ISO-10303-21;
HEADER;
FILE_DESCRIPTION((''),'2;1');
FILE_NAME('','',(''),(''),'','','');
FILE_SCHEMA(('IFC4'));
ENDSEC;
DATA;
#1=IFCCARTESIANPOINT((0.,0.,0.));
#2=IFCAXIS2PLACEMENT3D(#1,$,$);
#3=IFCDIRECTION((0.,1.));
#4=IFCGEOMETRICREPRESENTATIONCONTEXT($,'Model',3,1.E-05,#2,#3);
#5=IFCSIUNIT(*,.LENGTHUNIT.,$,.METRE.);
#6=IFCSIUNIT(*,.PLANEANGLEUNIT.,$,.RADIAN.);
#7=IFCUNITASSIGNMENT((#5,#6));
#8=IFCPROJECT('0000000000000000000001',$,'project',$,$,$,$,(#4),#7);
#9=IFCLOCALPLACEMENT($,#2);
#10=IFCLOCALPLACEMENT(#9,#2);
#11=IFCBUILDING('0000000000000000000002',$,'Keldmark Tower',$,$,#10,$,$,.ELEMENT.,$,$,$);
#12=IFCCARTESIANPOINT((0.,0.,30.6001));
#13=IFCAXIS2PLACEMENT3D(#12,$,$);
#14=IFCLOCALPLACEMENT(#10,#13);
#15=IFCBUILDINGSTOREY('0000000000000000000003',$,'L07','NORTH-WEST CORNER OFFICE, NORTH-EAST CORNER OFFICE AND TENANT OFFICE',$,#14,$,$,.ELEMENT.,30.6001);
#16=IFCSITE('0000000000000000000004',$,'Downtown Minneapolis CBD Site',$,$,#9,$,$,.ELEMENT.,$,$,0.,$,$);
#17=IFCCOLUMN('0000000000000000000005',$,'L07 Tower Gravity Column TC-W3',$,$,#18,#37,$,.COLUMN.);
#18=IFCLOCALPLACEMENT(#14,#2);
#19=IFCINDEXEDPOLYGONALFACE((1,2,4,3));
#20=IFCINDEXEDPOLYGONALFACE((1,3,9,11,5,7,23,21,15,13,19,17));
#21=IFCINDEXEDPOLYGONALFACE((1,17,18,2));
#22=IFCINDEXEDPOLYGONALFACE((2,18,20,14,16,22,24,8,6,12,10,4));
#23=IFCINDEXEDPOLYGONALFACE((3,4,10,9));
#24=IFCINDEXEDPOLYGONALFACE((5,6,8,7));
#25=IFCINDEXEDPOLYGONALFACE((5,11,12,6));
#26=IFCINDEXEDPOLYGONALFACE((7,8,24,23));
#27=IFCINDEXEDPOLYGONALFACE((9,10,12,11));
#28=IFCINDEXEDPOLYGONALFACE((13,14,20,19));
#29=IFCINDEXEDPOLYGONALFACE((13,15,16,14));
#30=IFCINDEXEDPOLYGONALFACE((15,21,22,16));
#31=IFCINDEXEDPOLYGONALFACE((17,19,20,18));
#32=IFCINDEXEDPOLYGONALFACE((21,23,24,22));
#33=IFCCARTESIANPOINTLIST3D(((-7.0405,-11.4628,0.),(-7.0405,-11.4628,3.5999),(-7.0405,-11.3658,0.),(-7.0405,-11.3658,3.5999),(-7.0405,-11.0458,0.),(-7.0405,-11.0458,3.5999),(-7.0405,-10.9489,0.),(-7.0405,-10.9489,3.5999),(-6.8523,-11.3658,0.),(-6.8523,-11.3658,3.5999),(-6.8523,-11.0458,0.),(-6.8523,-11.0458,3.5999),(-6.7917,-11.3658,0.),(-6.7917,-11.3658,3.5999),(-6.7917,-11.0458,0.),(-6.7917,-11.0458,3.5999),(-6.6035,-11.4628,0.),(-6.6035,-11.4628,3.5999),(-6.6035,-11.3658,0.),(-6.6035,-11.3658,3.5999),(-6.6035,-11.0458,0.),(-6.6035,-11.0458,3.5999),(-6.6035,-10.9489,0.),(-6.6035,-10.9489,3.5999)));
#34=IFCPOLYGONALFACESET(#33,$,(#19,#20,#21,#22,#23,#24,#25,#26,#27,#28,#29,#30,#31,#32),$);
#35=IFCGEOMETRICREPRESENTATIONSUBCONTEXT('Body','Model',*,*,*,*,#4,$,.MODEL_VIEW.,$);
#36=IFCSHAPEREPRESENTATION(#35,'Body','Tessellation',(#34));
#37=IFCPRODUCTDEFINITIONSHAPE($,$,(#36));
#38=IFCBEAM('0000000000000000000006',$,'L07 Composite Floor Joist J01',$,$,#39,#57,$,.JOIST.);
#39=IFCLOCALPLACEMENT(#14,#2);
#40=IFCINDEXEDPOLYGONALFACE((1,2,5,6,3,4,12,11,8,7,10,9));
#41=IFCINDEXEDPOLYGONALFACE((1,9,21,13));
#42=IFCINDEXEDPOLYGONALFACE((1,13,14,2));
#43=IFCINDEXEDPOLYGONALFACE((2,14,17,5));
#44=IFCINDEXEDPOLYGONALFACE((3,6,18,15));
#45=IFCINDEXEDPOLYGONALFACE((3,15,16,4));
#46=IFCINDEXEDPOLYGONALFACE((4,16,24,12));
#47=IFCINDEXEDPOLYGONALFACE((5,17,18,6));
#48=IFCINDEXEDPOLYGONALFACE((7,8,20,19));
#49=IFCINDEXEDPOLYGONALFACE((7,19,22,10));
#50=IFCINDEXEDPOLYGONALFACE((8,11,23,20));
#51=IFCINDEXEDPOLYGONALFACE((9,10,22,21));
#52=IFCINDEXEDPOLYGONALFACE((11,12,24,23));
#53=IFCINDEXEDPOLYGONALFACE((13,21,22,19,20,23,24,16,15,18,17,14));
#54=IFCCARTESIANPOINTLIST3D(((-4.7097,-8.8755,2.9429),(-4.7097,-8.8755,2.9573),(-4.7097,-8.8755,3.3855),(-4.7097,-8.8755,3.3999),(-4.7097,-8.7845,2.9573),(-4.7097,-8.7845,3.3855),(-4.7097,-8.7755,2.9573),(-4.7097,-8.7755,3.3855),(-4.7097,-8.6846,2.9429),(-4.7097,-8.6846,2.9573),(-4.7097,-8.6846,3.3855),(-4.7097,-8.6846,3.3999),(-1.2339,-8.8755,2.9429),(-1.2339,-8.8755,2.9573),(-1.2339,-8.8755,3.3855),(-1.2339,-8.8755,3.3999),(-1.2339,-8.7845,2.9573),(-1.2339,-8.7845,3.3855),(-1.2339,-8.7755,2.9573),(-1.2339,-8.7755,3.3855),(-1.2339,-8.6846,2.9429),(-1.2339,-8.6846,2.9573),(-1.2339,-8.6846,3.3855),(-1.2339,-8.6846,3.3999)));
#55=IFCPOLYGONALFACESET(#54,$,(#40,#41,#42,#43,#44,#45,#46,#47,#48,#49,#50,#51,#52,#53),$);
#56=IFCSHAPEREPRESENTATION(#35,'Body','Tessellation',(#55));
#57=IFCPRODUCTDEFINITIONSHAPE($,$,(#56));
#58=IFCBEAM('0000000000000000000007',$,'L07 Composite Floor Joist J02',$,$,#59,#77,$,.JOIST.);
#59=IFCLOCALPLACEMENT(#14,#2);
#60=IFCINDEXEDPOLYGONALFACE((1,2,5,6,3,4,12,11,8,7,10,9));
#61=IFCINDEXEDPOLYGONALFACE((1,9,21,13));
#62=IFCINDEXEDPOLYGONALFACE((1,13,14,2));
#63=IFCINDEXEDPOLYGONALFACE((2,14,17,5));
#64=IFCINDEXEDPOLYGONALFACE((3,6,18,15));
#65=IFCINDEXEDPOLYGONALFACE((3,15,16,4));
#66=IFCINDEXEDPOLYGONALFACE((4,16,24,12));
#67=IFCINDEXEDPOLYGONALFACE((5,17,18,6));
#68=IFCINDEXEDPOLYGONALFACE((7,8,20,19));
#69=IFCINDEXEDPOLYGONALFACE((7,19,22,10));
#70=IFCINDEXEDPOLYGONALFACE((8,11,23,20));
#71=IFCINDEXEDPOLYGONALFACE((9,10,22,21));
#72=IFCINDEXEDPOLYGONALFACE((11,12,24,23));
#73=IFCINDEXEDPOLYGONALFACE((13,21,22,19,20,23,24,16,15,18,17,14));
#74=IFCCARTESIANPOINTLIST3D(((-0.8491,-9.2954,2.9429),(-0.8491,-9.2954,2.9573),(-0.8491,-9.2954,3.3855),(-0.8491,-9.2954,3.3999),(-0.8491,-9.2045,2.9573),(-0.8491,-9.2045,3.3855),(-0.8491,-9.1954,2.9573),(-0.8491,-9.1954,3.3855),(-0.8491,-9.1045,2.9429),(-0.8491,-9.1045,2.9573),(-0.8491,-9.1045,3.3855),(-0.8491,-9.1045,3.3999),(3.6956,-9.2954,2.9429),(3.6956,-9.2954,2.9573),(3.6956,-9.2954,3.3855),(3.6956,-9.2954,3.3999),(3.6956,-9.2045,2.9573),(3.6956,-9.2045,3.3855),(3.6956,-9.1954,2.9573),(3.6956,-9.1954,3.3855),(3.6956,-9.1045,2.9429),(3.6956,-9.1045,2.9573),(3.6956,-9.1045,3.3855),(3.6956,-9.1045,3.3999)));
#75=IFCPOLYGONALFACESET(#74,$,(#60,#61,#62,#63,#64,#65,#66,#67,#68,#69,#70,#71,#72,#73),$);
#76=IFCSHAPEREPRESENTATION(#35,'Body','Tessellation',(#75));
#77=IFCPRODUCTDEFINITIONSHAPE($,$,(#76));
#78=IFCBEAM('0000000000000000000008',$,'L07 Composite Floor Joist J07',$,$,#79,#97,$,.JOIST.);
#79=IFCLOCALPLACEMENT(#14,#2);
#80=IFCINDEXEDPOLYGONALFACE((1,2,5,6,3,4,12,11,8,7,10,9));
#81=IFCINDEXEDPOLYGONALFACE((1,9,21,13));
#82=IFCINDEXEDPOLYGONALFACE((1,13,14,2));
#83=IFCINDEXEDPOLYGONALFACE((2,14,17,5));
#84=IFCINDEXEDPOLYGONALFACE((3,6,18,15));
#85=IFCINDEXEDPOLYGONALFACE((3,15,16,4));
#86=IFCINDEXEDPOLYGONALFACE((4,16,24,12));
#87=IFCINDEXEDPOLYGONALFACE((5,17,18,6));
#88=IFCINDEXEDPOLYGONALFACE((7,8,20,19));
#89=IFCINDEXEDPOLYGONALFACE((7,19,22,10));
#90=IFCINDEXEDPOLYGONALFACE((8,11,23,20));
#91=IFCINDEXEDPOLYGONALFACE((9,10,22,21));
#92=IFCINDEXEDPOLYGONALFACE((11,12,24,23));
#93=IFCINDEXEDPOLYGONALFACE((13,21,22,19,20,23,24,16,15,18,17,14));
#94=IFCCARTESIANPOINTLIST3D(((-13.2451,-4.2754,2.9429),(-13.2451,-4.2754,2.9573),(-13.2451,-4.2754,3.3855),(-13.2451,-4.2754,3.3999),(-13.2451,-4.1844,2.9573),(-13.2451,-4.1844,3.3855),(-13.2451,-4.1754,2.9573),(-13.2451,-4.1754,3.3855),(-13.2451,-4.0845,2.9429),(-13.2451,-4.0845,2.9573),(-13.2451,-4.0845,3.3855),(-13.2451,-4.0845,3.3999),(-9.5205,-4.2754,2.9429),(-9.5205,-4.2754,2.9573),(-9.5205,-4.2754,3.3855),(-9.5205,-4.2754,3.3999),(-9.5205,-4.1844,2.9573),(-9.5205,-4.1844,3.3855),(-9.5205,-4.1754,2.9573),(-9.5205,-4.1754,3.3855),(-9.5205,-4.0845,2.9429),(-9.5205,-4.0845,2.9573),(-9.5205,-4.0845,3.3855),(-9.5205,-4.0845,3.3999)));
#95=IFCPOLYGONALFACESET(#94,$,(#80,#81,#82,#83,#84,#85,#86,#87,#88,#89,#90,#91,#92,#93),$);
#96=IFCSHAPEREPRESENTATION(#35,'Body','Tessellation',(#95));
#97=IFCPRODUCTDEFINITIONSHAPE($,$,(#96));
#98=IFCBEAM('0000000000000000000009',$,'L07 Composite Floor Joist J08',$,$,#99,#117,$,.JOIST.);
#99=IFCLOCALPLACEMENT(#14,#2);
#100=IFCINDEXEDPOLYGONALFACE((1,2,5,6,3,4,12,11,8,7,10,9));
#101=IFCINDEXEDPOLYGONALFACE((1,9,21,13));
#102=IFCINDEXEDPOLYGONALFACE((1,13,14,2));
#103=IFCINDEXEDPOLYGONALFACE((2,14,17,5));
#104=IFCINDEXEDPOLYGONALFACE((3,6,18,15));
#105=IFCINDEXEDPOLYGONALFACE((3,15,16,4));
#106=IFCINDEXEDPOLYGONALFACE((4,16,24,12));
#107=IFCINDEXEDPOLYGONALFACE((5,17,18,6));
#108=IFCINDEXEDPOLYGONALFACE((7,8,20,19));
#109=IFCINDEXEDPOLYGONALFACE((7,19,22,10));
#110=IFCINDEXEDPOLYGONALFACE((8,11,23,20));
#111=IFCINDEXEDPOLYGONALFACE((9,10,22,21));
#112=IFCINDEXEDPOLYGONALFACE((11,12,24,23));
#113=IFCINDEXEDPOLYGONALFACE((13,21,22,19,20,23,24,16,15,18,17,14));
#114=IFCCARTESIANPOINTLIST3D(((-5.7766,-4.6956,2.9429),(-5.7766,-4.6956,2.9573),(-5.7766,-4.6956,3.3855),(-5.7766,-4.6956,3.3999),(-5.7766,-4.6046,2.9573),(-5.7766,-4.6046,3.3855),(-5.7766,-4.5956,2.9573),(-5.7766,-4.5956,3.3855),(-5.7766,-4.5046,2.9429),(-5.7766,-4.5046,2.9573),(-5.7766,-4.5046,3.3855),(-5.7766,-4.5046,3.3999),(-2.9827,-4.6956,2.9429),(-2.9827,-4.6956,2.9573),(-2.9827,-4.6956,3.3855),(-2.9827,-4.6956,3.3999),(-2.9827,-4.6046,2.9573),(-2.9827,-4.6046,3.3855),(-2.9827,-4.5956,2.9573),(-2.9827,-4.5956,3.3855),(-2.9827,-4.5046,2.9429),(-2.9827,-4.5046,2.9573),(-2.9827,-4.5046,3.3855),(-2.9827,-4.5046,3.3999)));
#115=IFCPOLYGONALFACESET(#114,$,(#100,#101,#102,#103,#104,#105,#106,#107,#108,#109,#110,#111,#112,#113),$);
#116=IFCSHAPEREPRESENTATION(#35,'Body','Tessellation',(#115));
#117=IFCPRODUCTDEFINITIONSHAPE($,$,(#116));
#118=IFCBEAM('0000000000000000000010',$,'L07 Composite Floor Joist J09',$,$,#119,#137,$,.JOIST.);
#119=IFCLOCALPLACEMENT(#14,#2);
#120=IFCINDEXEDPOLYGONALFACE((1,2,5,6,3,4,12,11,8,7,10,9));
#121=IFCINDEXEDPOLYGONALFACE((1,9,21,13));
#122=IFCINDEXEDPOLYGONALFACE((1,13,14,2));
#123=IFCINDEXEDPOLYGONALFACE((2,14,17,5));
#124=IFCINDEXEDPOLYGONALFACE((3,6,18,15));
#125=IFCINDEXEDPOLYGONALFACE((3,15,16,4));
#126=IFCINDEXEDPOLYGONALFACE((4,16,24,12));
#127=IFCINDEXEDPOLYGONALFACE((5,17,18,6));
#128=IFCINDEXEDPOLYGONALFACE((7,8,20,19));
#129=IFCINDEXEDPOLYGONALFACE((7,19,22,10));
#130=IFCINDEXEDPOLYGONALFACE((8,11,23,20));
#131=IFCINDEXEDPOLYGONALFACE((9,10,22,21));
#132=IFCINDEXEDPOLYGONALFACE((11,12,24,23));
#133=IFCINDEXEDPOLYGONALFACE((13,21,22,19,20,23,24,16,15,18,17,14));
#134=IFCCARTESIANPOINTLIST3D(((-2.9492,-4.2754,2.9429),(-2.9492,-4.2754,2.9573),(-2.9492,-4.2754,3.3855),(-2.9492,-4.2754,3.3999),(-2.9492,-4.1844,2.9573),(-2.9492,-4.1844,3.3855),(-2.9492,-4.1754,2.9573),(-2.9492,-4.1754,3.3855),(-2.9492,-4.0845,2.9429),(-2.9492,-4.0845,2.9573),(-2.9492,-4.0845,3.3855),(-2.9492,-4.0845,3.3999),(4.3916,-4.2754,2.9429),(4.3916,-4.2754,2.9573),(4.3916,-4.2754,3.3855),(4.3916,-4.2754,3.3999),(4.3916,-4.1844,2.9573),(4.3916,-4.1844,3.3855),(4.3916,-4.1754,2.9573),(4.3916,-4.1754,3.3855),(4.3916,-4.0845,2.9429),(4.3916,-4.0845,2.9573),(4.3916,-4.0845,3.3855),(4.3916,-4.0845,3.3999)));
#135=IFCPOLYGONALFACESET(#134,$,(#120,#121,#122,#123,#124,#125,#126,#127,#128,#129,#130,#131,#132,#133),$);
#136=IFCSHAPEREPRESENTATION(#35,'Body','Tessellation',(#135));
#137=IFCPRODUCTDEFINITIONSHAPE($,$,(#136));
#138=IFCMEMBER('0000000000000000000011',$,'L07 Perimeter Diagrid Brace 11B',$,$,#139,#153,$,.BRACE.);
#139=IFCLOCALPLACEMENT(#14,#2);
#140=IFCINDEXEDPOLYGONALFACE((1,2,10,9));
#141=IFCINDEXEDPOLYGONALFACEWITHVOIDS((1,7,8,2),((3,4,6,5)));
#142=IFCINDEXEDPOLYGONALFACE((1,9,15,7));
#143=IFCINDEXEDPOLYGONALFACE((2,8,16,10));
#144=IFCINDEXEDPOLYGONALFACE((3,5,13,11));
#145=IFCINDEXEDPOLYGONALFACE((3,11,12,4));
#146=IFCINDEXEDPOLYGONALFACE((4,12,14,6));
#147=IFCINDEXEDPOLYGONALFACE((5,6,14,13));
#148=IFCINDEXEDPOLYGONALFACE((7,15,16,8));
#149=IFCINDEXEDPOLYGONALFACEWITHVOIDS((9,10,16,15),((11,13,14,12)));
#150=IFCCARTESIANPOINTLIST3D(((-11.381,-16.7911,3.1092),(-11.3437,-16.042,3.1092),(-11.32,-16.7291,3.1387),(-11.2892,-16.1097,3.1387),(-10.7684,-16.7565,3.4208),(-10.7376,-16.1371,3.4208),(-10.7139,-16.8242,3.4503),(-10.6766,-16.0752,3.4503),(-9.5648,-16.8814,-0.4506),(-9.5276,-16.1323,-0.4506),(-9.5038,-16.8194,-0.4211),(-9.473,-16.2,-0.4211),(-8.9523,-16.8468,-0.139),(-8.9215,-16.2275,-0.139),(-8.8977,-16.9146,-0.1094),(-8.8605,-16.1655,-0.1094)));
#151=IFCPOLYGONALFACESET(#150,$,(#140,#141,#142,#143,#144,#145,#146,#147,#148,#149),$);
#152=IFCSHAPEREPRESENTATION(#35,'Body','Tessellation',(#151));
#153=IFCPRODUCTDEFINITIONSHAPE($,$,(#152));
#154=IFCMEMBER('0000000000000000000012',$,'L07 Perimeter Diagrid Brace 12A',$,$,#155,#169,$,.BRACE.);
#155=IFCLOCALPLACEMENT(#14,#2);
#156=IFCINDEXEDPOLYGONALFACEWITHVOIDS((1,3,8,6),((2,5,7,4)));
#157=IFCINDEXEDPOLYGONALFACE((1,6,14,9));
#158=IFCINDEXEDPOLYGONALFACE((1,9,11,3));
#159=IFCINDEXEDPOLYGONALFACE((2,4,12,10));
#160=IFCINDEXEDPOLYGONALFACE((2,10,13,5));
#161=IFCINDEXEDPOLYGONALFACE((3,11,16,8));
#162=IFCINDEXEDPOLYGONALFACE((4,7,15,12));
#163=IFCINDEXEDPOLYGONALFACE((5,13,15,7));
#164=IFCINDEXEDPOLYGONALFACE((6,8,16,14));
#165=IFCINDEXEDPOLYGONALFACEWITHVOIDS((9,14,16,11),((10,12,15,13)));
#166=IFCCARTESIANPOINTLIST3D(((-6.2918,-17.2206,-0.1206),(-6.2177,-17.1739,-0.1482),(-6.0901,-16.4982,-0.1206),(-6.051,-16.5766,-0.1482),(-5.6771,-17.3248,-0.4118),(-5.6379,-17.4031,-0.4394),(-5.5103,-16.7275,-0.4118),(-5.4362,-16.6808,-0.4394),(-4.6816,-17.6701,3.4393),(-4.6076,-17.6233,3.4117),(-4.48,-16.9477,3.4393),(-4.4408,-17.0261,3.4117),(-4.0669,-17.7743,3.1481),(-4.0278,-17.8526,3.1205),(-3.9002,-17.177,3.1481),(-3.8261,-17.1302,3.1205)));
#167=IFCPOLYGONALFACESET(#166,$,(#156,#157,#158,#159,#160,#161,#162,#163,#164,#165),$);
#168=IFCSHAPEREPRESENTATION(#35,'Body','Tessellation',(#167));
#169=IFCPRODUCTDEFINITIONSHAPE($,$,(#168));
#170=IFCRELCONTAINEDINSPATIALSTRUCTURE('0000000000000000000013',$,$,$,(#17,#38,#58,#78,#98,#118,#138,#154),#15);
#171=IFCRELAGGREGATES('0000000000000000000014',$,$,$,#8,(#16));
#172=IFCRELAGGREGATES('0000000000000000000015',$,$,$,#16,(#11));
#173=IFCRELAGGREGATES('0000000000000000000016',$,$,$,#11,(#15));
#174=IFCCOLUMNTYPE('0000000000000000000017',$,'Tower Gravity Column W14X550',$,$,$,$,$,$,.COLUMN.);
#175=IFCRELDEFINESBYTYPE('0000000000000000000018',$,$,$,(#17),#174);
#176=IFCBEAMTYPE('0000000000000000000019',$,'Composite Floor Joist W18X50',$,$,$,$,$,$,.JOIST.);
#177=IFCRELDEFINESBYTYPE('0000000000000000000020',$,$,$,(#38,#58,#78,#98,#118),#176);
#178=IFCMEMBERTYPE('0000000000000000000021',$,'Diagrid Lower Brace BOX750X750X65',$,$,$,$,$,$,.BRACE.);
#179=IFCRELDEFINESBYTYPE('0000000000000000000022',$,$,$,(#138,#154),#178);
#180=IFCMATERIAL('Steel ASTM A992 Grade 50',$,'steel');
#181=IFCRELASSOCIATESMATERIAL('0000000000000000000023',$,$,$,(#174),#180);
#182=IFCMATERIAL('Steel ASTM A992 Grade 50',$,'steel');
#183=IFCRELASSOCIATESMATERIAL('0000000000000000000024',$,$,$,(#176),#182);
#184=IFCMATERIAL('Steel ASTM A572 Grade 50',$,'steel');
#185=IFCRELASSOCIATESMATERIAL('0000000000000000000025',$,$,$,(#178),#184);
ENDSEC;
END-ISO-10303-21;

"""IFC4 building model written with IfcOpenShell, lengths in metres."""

from ifc_helpers import new_model, si_unit, direction, frame, origin, origin_2d, place, context, subcontext, project, spatial, hollow_rectangle, i_section, extrude, material, material_profile, profile_set, type_object, element, save


model = new_model("IFC4")

# Units and contexts
model_context = context("Model", 3, precision=1e-05, world=origin(), true_north=direction((0.0, 1.0)))
body_context = subcontext(model_context, "Body", "Model", "MODEL_VIEW")
ifc_project = project(units=[si_unit("LENGTHUNIT", "METRE"), si_unit("PLANEANGLEUNIT", "RADIAN")], contexts=[model_context])

# Site, building, storey
site_placement = place(None, origin())
site = spatial("IfcSite", under=ifc_project, at=site_placement, Name="Downtown Minneapolis CBD Site", CompositionType="ELEMENT", RefElevation=0.0)
building_placement = place(site_placement, origin())
building = spatial("IfcBuilding", under=site, at=building_placement, Name="Keldmark Tower", CompositionType="ELEMENT")
storey_placement = place(building_placement, frame((0.0, 0.0, 30.6001)))
storey = spatial("IfcBuildingStorey", under=building, at=storey_placement, Name="L07", Description="NORTH-WEST CORNER OFFICE, NORTH-EAST CORNER OFFICE AND TENANT OFFICE", CompositionType="ELEMENT", Elevation=30.6001)

# Column
ifc_material_1 = material(Name="Steel ASTM A992 Grade 50", Category="steel")
ifc_material_profile_1 = material_profile(ifc_material_1, i_section(OverallWidth=0.437, OverallDepth=0.5139, WebThickness=0.0605, FlangeThickness=0.0969, at=origin_2d()), Name="W14X550")
ifc_profile_set_1 = profile_set([ifc_material_profile_1], Name="Steel ASTM A992 Grade 50")
column_type = type_object("IfcColumnType", Name="Tower Gravity Column W14X550", PredefinedType="COLUMN", material=ifc_profile_set_1)
column_placement = place(storey_placement, frame((-6.822, -11.2058, 0.0), z_axis=(0.0, 0.0, 1.0), x_axis=(1.0, 0.0, 0.0)))
element("IfcColumn", 1, at=column_placement, inside=storey, type_object=column_type, Name="L07 Tower Gravity Column TC-W3", PredefinedType="COLUMN", context=body_context, shape_type="SweptSolid", body=[
    extrude(i_section(OverallWidth=0.437, OverallDepth=0.5139, WebThickness=0.0605, FlangeThickness=0.0969, at=origin_2d()), origin(), (0.0, 0.0, 1.0), 3.5999),
])

# Beams
ifc_material_2 = material(Name="Steel ASTM A992 Grade 50", Category="steel")
ifc_material_profile_2 = material_profile(ifc_material_2, i_section(OverallWidth=0.1909, OverallDepth=0.457, WebThickness=0.009, FlangeThickness=0.0144, at=origin_2d()), Name="W18X50")
ifc_profile_set_2 = profile_set([ifc_material_profile_2], Name="Steel ASTM A992 Grade 50")
beam_type_1 = type_object("IfcBeamType", Name="Composite Floor Joist W18X50", PredefinedType="JOIST", material=ifc_profile_set_2)
beam_1_placement = place(storey_placement, frame((-4.7097, -8.78, 3.1714), z_axis=(1.0, 0.0, 0.0), x_axis=(0.0, 1.0, 0.0)))
element("IfcBeam", 2, at=beam_1_placement, inside=storey, type_object=beam_type_1, Name="L07 Composite Floor Joist J01", PredefinedType="JOIST", context=body_context, shape_type="SweptSolid", body=[
    extrude(i_section(OverallWidth=0.1909, OverallDepth=0.457, WebThickness=0.009, FlangeThickness=0.0144, at=origin_2d()), origin(), (0.0, 0.0, 1.0), 3.4758),
])
beam_2_placement = place(storey_placement, frame((-0.8491, -9.2, 3.1714), z_axis=(1.0, 0.0, 0.0), x_axis=(0.0, 1.0, 0.0)))
element("IfcBeam", 3, at=beam_2_placement, inside=storey, type_object=beam_type_1, Name="L07 Composite Floor Joist J02", PredefinedType="JOIST", context=body_context, shape_type="SweptSolid", body=[
    extrude(i_section(OverallWidth=0.1909, OverallDepth=0.457, WebThickness=0.009, FlangeThickness=0.0144, at=origin_2d()), origin(), (0.0, 0.0, 1.0), 4.5447),
])
beam_3_placement = place(storey_placement, frame((-13.2451, -4.1799, 3.1714), z_axis=(1.0, 0.0, 0.0), x_axis=(0.0, 1.0, 0.0)))
element("IfcBeam", 4, at=beam_3_placement, inside=storey, type_object=beam_type_1, Name="L07 Composite Floor Joist J07", PredefinedType="JOIST", context=body_context, shape_type="SweptSolid", body=[
    extrude(i_section(OverallWidth=0.1909, OverallDepth=0.457, WebThickness=0.009, FlangeThickness=0.0144, at=origin_2d()), origin(), (0.0, 0.0, 1.0), 3.7246),
])
beam_4_placement = place(storey_placement, frame((-5.7766, -4.6001, 3.1714), z_axis=(1.0, 0.0, 0.0), x_axis=(0.0, 1.0, 0.0)))
element("IfcBeam", 5, at=beam_4_placement, inside=storey, type_object=beam_type_1, Name="L07 Composite Floor Joist J08", PredefinedType="JOIST", context=body_context, shape_type="SweptSolid", body=[
    extrude(i_section(OverallWidth=0.1909, OverallDepth=0.457, WebThickness=0.009, FlangeThickness=0.0144, at=origin_2d()), origin(), (0.0, 0.0, 1.0), 2.7939),
])
beam_5_placement = place(storey_placement, frame((-2.9492, -4.1799, 3.1714), z_axis=(1.0, 0.0, 0.0), x_axis=(0.0, 1.0, 0.0)))
element("IfcBeam", 6, at=beam_5_placement, inside=storey, type_object=beam_type_1, Name="L07 Composite Floor Joist J09", PredefinedType="JOIST", context=body_context, shape_type="SweptSolid", body=[
    extrude(i_section(OverallWidth=0.1909, OverallDepth=0.457, WebThickness=0.009, FlangeThickness=0.0144, at=origin_2d()), origin(), (0.0, 0.0, 1.0), 7.3408),
])

# Members
ifc_material_3 = material(Name="Steel ASTM A572 Grade 50", Category="steel")
ifc_material_profile_3 = material_profile(ifc_material_3, hollow_rectangle(XDim=0.75, YDim=0.75, WallThickness=0.0649, at=origin_2d()), Name="BOX750X750X65")
ifc_profile_set_3 = profile_set([ifc_material_profile_3], Name="Steel ASTM A572 Grade 50")
member_type = type_object("IfcMemberType", Name="Diagrid Lower Brace BOX750X750X65", PredefinedType="BRACE", material=ifc_profile_set_3)
member_1_placement = place(storey_placement, frame((-9.2126, -16.5234, -0.28), z_axis=(-0.45434, 0.022598, 0.890541), x_axis=(-0.049676, -0.998765, 0.0)))
element("IfcMember", 7, at=member_1_placement, inside=storey, type_object=member_type, Name="L07 Perimeter Diagrid Brace 11B", PredefinedType="BRACE", context=body_context, shape_type="SweptSolid", body=[
    extrude(hollow_rectangle(XDim=0.75, YDim=0.75, WallThickness=0.0649, at=origin_2d()), origin(), (0.0, 0.0, 1.0), 3.9973),
])
member_2_placement = place(storey_placement, frame((-5.864, -16.9507, -0.28), z_axis=(0.409407, -0.114286, 0.905165), x_axis=(0.268871, 0.963176, 0.0)))
element("IfcMember", 8, at=member_2_placement, inside=storey, type_object=member_type, Name="L07 Perimeter Diagrid Brace 12A", PredefinedType="BRACE", context=body_context, shape_type="SweptSolid", body=[
    extrude(hollow_rectangle(XDim=0.75, YDim=0.75, WallThickness=0.0649, at=origin_2d()), origin(), (0.0, 0.0, 1.0), 3.9329),
])

save(model, "model.ifc")
